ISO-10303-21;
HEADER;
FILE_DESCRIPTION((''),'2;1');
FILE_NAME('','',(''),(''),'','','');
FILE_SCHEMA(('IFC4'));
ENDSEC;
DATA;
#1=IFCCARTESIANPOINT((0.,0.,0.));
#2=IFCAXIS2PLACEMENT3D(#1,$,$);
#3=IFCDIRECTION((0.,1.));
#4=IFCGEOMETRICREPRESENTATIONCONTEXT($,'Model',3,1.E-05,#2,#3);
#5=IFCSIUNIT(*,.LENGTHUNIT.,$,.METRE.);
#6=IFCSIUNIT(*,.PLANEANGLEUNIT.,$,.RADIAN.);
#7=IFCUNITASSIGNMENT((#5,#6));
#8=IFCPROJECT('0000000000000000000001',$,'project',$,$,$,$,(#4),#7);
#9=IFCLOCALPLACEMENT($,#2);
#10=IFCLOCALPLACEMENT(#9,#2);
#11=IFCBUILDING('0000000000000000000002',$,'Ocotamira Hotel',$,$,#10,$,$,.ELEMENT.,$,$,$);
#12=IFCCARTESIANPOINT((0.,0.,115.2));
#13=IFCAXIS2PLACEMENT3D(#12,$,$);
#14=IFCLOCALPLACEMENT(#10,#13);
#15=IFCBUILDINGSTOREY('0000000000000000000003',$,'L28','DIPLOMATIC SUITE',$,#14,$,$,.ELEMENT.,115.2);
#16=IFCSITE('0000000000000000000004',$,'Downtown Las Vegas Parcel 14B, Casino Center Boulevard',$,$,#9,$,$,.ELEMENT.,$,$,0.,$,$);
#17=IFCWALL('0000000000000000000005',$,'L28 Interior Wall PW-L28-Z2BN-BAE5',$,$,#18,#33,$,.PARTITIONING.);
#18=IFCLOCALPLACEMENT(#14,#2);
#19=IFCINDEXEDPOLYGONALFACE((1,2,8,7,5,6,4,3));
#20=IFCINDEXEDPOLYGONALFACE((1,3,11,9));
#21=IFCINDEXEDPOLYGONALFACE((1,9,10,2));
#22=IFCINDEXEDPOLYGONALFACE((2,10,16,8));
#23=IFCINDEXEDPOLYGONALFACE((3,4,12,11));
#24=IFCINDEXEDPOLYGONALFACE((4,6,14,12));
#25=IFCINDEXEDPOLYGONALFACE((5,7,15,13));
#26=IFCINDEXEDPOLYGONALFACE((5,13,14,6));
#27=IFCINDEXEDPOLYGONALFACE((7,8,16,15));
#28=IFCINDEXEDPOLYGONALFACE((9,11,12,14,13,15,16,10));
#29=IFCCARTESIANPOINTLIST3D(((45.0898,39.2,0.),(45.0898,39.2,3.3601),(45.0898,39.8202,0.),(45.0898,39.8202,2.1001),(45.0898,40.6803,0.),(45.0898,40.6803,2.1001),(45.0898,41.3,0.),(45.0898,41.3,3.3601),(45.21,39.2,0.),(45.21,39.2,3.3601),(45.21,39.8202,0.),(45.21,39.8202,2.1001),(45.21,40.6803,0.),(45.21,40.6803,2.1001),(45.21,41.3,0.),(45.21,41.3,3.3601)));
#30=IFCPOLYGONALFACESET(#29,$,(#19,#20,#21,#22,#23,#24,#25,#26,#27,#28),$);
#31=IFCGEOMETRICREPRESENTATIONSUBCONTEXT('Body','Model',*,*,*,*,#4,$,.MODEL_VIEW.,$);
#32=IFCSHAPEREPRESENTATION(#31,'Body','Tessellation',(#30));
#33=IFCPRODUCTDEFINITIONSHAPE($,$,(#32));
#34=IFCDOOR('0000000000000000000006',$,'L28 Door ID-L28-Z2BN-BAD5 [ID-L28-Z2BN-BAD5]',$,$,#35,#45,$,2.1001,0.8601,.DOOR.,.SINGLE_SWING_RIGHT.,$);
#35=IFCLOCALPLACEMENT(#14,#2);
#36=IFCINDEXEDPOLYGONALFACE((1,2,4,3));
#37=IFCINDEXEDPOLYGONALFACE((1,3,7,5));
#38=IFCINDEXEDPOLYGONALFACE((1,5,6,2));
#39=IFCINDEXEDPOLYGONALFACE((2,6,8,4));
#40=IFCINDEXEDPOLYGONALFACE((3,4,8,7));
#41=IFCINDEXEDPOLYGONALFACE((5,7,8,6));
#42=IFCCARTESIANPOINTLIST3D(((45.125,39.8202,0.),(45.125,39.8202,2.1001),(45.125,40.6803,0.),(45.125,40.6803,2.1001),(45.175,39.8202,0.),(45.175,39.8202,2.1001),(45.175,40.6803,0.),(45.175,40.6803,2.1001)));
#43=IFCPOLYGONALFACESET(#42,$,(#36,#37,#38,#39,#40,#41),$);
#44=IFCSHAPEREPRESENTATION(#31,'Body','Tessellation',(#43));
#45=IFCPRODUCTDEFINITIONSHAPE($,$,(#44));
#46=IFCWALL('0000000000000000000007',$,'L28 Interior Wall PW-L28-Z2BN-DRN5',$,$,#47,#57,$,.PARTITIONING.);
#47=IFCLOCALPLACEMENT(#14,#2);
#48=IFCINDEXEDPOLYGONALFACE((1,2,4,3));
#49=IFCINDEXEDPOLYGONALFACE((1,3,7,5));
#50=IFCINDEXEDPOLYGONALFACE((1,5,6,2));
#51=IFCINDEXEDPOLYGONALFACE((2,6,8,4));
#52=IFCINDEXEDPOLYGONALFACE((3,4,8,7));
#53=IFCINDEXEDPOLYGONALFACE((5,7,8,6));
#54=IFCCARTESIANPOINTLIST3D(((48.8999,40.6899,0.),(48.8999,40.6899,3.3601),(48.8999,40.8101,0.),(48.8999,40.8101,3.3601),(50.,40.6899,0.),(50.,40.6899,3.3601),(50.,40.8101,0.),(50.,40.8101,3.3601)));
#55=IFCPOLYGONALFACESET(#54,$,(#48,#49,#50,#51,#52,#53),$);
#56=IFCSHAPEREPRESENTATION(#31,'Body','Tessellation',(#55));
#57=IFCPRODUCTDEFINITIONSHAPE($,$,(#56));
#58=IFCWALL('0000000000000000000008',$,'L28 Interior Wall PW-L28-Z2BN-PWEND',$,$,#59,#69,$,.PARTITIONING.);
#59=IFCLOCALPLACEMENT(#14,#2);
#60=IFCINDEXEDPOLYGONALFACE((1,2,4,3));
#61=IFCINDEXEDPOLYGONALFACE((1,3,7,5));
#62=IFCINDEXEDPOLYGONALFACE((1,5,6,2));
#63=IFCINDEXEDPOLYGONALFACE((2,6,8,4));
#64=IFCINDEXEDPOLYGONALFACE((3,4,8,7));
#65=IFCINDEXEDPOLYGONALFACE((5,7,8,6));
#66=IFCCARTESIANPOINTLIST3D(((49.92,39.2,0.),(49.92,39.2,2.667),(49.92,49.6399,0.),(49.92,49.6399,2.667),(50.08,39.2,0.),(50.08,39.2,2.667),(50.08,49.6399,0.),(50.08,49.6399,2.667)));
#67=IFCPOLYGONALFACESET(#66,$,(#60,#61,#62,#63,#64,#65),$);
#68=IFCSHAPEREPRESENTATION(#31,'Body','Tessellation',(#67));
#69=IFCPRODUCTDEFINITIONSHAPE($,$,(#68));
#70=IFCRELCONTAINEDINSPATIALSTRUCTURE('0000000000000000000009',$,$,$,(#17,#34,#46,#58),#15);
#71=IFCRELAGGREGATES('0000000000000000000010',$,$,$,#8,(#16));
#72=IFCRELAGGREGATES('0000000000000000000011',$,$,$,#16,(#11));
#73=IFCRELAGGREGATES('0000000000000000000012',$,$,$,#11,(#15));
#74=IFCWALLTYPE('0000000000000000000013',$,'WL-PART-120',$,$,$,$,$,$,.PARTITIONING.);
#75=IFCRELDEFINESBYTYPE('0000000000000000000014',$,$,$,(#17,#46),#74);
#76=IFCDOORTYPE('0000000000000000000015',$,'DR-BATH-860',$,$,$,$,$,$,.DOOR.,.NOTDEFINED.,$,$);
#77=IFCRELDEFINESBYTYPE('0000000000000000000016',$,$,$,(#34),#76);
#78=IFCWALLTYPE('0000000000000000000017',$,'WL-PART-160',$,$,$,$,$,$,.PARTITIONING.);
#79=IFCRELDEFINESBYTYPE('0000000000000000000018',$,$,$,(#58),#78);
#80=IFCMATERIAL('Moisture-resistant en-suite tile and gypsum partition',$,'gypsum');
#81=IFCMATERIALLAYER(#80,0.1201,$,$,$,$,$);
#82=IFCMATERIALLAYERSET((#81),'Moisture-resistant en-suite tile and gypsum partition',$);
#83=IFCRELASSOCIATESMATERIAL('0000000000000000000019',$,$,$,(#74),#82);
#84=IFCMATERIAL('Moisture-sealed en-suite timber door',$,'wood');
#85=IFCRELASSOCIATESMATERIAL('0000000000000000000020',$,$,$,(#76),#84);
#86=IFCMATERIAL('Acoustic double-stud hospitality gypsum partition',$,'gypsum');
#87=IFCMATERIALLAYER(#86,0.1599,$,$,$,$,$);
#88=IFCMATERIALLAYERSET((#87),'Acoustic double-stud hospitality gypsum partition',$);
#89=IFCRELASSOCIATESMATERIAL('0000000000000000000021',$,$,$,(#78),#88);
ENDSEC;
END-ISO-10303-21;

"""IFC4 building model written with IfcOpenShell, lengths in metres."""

from ifc_helpers import new_model, si_unit, direction, frame, frame_2d, origin, place, context, subcontext, project, spatial, rectangle, extrude, source, transform, mapped, material, layer, layer_set, type_object, element, fill, save


model = new_model("IFC4")

# Units and contexts
model_context = context("Model", 3, precision=1e-05, world=origin(), true_north=direction((0.0, 1.0)))
body_context = subcontext(model_context, "Body", "Model", "MODEL_VIEW")
ifc_project = project(units=[si_unit("LENGTHUNIT", "METRE"), si_unit("PLANEANGLEUNIT", "RADIAN")], contexts=[model_context])

# Site, building, storey
site_placement = place(None, origin())
site = spatial("IfcSite", under=ifc_project, at=site_placement, Name="Downtown Las Vegas Parcel 14B, Casino Center Boulevard", CompositionType="ELEMENT", RefElevation=0.0)
building_placement = place(site_placement, origin())
building = spatial("IfcBuilding", under=site, at=building_placement, Name="Ocotamira Hotel", CompositionType="ELEMENT")
storey_placement = place(building_placement, frame((0.0, 0.0, 115.2)))
storey = spatial("IfcBuildingStorey", under=building, at=storey_placement, Name="L28", Description="DIPLOMATIC SUITE", CompositionType="ELEMENT", Elevation=115.2)

# Wall, opening, door
ifc_material_1 = material(Name="Moisture-resistant en-suite tile and gypsum partition", Category="gypsum")
ifc_layer_1 = layer(ifc_material_1, 0.1201)
ifc_layer_set_1 = layer_set([ifc_layer_1], Name="Moisture-resistant en-suite tile and gypsum partition")
wall_type_1 = type_object("IfcWallType", Name="WL-PART-120", PredefinedType="PARTITIONING", material=ifc_layer_set_1)
wall_1_placement = place(storey_placement, frame((45.1499, 39.2, 0.0), z_axis=(0.0, 0.0, 1.0), x_axis=(0.0, 1.0, 0.0)))
wall_1 = element("IfcWall", 1, at=wall_1_placement, inside=storey, type_object=wall_type_1, Name="L28 Interior Wall PW-L28-Z2BN-BAE5", PredefinedType="PARTITIONING", context=body_context, shape_type="SweptSolid", body=[
    extrude(rectangle(XDim=2.1001, YDim=0.1201, at=frame_2d((1.05, 0.0))), origin(), (0.0, 0.0, 1.0), 3.3601),
])
opening_1_placement = place(wall_1_placement, frame((0.6201, 0.0, 0.0)))
opening_1 = element("IfcOpeningElement", 2, at=opening_1_placement, cuts=wall_1, PredefinedType="OPENING", context=body_context, shape_type="SweptSolid", body=[
    extrude(rectangle(XDim=0.8601, YDim=2.1001, at=frame_2d((0.4302, 1.05))), frame((0.0, 0.0701, 0.0), z_axis=(0.0, -1.0, 0.0), x_axis=(1.0, 0.0, 0.0)), (0.0, 0.0, 1.0), 0.1401),
])
ifc_material_2 = material(Name="Moisture-sealed en-suite timber door", Category="wood")
door_type_1 = type_object("IfcDoorType", Name="DR-BATH-860", OperationType="NOTDEFINED", PredefinedType="DOOR", material=ifc_material_2)
shared_shape_1 = source(origin(), body_context, "Body", "SweptSolid", [
    extrude(rectangle(XDim=0.8601, YDim=2.1001, at=frame_2d((0.4302, 1.05))), frame((0.0, 0.0249, 0.0), z_axis=(0.0, -1.0, 0.0), x_axis=(1.0, 0.0, 0.0)), (0.0, 0.0, 1.0), 0.05),
])
door_1_placement = place(opening_1_placement, origin())
door_1 = element("IfcDoor", 3, at=door_1_placement, inside=storey, type_object=door_type_1, Name="L28 Door ID-L28-Z2BN-BAD5 [ID-L28-Z2BN-BAD5]", OperationType="SINGLE_SWING_RIGHT", OverallHeight=2.1001, OverallWidth=0.8601, PredefinedType="DOOR", context=body_context, shape_type="MappedRepresentation", body=[
    mapped(shared_shape_1, transform((0.0, 0.0, 0.0), scale=1.0)),
])
fill(opening_1, door_1)

# Walls
wall_2_placement = place(storey_placement, frame((48.8999, 40.75, 0.0), z_axis=(0.0, 0.0, 1.0), x_axis=(1.0, 0.0, 0.0)))
element("IfcWall", 4, at=wall_2_placement, inside=storey, type_object=wall_type_1, Name="L28 Interior Wall PW-L28-Z2BN-DRN5", PredefinedType="PARTITIONING", context=body_context, shape_type="SweptSolid", body=[
    extrude(rectangle(XDim=1.1001, YDim=0.1201, at=frame_2d((0.55, 0.0))), origin(), (0.0, 0.0, 1.0), 3.3601),
])
ifc_material_3 = material(Name="Acoustic double-stud hospitality gypsum partition", Category="gypsum")
ifc_layer_2 = layer(ifc_material_3, 0.1599)
ifc_layer_set_2 = layer_set([ifc_layer_2], Name="Acoustic double-stud hospitality gypsum partition")
wall_type_2 = type_object("IfcWallType", Name="WL-PART-160", PredefinedType="PARTITIONING", material=ifc_layer_set_2)
wall_3_placement = place(storey_placement, frame((50.0, 39.2, 0.0), z_axis=(0.0, 0.0, 1.0), x_axis=(0.0, 1.0, 0.0)))
element("IfcWall", 5, at=wall_3_placement, inside=storey, type_object=wall_type_2, Name="L28 Interior Wall PW-L28-Z2BN-PWEND", PredefinedType="PARTITIONING", context=body_context, shape_type="SweptSolid", body=[
    extrude(rectangle(XDim=10.4399, YDim=0.1599, at=frame_2d((5.22, 0.0))), origin(), (0.0, 0.0, 1.0), 2.667),
])

save(model, "model.ifc")
